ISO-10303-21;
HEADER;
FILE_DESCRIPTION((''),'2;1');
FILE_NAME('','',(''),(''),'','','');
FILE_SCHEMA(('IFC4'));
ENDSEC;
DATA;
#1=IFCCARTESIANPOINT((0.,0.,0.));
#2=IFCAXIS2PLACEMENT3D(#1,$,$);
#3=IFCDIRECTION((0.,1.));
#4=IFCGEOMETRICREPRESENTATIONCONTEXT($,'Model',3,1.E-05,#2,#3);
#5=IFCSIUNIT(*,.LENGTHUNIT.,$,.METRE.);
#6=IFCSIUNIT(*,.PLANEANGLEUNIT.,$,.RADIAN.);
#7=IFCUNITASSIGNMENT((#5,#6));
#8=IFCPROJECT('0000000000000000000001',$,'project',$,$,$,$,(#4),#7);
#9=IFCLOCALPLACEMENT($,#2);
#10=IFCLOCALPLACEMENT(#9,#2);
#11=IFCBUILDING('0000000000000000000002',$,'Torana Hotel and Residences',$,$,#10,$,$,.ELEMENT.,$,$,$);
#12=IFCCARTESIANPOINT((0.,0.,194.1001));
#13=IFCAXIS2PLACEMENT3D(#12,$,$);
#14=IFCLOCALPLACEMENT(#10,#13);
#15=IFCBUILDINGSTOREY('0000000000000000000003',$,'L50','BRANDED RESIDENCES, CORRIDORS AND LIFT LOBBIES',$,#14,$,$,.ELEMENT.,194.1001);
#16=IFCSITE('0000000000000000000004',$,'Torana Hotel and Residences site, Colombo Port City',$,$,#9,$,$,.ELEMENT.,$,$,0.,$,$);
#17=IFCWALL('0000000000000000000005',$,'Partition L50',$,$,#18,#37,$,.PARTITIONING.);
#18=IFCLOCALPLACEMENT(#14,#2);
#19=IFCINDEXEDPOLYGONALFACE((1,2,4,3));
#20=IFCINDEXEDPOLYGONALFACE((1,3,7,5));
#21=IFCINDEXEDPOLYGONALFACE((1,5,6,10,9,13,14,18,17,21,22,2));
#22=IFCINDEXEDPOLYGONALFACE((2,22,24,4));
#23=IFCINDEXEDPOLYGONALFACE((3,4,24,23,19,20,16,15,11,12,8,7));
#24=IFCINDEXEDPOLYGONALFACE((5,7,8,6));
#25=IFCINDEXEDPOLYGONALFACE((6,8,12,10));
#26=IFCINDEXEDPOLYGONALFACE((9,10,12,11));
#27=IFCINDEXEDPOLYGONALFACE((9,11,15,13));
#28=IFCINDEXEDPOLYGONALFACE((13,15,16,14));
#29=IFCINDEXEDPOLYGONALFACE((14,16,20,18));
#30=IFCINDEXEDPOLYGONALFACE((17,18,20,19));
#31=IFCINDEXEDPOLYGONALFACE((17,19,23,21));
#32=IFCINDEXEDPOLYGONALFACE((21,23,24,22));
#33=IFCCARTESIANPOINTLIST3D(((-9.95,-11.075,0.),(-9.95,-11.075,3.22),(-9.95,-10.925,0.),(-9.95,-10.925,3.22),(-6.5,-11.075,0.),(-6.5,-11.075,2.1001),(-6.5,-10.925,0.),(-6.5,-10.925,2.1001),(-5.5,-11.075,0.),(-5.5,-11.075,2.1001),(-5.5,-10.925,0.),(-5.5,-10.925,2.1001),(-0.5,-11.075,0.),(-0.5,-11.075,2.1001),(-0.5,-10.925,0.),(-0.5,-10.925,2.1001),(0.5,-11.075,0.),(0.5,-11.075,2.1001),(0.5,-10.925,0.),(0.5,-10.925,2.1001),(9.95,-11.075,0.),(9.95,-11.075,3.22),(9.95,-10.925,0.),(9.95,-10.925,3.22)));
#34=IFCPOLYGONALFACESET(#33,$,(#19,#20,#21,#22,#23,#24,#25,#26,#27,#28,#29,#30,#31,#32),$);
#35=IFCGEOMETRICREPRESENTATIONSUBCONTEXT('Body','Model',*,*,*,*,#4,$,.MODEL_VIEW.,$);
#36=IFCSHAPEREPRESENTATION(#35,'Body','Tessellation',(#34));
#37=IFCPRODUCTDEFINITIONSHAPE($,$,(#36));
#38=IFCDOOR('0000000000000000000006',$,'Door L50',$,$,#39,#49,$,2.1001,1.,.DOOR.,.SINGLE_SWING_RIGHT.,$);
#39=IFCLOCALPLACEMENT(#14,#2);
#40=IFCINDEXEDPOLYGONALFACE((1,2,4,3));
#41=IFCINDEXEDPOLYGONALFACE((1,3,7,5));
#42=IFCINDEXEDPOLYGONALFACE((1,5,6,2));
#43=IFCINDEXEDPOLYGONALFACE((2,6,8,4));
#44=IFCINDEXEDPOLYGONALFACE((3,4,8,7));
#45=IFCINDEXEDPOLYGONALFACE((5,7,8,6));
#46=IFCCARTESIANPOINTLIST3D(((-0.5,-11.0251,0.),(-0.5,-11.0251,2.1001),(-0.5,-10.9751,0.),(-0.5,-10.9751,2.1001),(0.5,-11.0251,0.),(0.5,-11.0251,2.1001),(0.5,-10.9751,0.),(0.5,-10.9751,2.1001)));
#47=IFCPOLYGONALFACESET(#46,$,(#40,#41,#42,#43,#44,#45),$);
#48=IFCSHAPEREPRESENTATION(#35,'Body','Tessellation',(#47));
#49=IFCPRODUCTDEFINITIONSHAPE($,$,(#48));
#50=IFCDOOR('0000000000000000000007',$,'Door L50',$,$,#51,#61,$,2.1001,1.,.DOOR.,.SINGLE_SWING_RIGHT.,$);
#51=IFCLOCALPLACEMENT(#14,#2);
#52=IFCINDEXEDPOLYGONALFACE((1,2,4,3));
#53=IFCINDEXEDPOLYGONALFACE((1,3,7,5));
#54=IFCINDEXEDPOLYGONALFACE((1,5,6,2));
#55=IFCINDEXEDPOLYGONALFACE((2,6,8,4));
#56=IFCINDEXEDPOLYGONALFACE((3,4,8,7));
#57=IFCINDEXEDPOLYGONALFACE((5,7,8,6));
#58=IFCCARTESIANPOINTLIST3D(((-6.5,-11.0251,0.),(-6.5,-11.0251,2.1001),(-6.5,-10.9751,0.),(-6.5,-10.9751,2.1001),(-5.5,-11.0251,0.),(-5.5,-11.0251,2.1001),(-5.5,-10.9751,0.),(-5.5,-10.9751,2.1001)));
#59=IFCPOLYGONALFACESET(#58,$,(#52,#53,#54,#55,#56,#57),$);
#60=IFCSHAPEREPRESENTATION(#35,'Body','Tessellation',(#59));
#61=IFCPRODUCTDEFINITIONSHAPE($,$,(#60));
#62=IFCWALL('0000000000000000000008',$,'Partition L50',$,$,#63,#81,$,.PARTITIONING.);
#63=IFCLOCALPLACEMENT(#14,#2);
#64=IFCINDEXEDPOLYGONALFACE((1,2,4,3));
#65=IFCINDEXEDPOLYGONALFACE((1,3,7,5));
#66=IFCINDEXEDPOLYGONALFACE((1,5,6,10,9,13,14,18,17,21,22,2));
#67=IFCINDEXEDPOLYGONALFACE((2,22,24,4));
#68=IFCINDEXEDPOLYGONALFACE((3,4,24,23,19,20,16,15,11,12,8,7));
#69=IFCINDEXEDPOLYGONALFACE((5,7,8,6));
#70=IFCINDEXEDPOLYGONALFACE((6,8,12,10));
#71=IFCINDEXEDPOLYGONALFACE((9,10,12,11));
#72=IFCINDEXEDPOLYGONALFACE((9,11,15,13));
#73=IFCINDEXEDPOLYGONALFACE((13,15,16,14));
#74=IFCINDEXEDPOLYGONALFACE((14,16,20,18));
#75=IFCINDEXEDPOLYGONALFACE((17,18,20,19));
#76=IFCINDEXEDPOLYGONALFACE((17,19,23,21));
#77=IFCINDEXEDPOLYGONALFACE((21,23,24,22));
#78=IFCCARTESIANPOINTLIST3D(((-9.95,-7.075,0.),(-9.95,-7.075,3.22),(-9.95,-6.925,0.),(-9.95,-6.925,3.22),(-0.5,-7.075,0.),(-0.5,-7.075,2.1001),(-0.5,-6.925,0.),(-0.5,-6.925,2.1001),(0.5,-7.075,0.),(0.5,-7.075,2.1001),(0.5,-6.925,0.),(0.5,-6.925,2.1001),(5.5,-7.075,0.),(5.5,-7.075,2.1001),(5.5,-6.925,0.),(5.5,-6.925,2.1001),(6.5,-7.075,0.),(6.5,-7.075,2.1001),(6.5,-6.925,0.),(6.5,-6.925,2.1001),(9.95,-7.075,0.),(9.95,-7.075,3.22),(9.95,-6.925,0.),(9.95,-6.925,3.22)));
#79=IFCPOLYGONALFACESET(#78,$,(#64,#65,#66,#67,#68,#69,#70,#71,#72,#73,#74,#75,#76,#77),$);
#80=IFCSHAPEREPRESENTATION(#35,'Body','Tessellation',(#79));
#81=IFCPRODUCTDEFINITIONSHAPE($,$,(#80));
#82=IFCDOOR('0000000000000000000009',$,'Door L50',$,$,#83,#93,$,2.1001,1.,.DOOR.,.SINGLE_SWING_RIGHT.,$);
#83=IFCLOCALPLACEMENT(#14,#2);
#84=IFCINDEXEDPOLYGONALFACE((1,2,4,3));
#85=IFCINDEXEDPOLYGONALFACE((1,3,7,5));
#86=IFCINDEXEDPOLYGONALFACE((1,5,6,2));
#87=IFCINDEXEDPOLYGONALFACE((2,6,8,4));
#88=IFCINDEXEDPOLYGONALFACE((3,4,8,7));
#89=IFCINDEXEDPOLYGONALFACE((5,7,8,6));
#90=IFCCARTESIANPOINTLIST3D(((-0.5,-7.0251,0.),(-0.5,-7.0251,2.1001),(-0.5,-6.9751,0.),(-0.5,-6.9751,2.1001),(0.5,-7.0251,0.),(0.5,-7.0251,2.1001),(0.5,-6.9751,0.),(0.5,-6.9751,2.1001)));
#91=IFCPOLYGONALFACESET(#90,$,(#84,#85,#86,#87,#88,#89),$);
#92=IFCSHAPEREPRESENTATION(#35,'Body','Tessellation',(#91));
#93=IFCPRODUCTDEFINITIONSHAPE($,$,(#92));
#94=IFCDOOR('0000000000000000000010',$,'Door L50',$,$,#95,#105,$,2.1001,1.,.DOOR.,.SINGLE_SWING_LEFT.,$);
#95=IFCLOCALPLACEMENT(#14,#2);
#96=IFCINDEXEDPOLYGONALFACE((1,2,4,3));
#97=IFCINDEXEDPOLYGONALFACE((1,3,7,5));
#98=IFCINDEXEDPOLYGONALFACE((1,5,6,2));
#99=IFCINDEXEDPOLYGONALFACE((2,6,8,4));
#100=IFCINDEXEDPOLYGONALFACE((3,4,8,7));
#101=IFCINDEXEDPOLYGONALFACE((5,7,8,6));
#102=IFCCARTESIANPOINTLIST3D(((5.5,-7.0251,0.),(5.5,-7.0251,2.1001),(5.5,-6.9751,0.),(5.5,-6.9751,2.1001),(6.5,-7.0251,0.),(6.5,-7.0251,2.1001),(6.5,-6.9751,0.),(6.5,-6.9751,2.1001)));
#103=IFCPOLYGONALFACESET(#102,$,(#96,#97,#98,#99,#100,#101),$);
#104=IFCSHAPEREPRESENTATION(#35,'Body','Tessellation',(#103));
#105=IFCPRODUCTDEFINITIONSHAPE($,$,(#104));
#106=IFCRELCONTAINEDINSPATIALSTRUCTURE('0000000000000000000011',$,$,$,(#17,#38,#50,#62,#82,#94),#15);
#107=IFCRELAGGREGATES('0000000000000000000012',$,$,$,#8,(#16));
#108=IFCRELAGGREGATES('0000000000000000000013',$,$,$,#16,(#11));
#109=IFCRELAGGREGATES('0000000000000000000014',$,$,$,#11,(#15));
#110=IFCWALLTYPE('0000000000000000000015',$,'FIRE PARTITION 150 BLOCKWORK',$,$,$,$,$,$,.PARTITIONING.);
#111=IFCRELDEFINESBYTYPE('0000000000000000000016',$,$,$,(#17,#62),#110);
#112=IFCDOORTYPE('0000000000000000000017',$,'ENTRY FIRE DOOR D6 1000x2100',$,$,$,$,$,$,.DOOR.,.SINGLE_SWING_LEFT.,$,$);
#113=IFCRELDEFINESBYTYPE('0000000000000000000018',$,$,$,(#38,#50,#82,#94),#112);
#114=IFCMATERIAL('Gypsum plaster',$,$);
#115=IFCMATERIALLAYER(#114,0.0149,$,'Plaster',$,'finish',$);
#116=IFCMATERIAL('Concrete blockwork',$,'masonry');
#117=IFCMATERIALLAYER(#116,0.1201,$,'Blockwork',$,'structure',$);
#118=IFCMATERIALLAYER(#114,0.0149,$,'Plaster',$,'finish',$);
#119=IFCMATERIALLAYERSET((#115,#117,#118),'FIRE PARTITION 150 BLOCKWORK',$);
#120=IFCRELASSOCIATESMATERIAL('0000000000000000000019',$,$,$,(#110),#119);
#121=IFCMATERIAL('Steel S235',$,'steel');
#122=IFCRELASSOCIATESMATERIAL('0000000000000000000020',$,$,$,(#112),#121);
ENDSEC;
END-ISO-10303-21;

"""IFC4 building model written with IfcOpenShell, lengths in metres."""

from ifc_helpers import new_model, si_unit, direction, frame, frame_2d, origin, place, context, subcontext, project, spatial, rectangle, extrude, material, layer, layer_set, type_object, element, fill, save


model = new_model("IFC4")

# Units and contexts
model_context = context("Model", 3, precision=1e-05, world=origin(), true_north=direction((0.0, 1.0)))
body_context = subcontext(model_context, "Body", "Model", "MODEL_VIEW")
ifc_project = project(units=[si_unit("LENGTHUNIT", "METRE"), si_unit("PLANEANGLEUNIT", "RADIAN")], contexts=[model_context])

# Site, building, storey
site_placement = place(None, origin())
site = spatial("IfcSite", under=ifc_project, at=site_placement, Name="Torana Hotel and Residences site, Colombo Port City", CompositionType="ELEMENT", RefElevation=0.0)
building_placement = place(site_placement, origin())
building = spatial("IfcBuilding", under=site, at=building_placement, Name="Torana Hotel and Residences", CompositionType="ELEMENT")
storey_placement = place(building_placement, frame((0.0, 0.0, 194.1001)))
storey = spatial("IfcBuildingStorey", under=building, at=storey_placement, Name="L50", Description="BRANDED RESIDENCES, CORRIDORS AND LIFT LOBBIES", CompositionType="ELEMENT", Elevation=194.1001)

# Shared definitions
ifc_material_1 = material(Name="Gypsum plaster")
ifc_layer_1 = layer(ifc_material_1, 0.0149, Name="Plaster", Category="finish")
ifc_material_2 = material(Name="Concrete blockwork", Category="masonry")
ifc_layer_2 = layer(ifc_material_2, 0.1201, Name="Blockwork", Category="structure")
ifc_layer_3 = layer(ifc_material_1, 0.0149, Name="Plaster", Category="finish")
ifc_layer_set_1 = layer_set([ifc_layer_1, ifc_layer_2, ifc_layer_3], Name="FIRE PARTITION 150 BLOCKWORK")
wall_type_1 = type_object("IfcWallType", Name="FIRE PARTITION 150 BLOCKWORK", PredefinedType="PARTITIONING", material=ifc_layer_set_1)

# Walls, openings, doors
wall_1_placement = place(storey_placement, frame((-9.95, -11.0, 0.0), z_axis=(0.0, 0.0, 1.0), x_axis=(1.0, 0.0, 0.0)))
wall_1 = element("IfcWall", 1, at=wall_1_placement, inside=storey, type_object=wall_type_1, Name="Partition L50", PredefinedType="PARTITIONING", context=body_context, shape_type="SweptSolid", body=[
    extrude(rectangle(XDim=19.8999, YDim=0.1499, at=frame_2d((9.95, 0.0))), origin(), (0.0, 0.0, 1.0), 3.22),
])
opening_1_placement = place(wall_1_placement, frame((9.45, 0.0, 0.0)))
opening_1 = element("IfcOpeningElement", 2, at=opening_1_placement, cuts=wall_1, PredefinedType="OPENING", context=body_context, shape_type="SweptSolid", body=[
    extrude(rectangle(XDim=1.0, YDim=2.1001, at=frame_2d((0.5, 1.05))), frame((0.0, 0.085, 0.0), z_axis=(0.0, -1.0, 0.0), x_axis=(1.0, 0.0, 0.0)), (0.0, 0.0, 1.0), 0.1699),
])
opening_2_placement = place(wall_1_placement, frame((3.45, 0.0, 0.0)))
opening_2 = element("IfcOpeningElement", 3, at=opening_2_placement, cuts=wall_1, PredefinedType="OPENING", context=body_context, shape_type="SweptSolid", body=[
    extrude(rectangle(XDim=1.0, YDim=2.1001, at=frame_2d((0.5, 1.05))), frame((0.0, 0.085, 0.0), z_axis=(0.0, -1.0, 0.0), x_axis=(1.0, 0.0, 0.0)), (0.0, 0.0, 1.0), 0.1699),
])
ifc_material_3 = material(Name="Steel S235", Category="steel")
door_type_1 = type_object("IfcDoorType", Name="ENTRY FIRE DOOR D6 1000x2100", OperationType="SINGLE_SWING_LEFT", PredefinedType="DOOR", material=ifc_material_3)
door_1_placement = place(opening_1_placement, origin())
door_1 = element("IfcDoor", 4, at=door_1_placement, inside=storey, type_object=door_type_1, Name="Door L50", OperationType="SINGLE_SWING_RIGHT", OverallHeight=2.1001, OverallWidth=1.0, PredefinedType="DOOR", context=body_context, shape_type="SweptSolid", body=[
    extrude(rectangle(XDim=1.0, YDim=2.1001, at=frame_2d((0.5, 1.05))), frame((0.0, 0.0249, 0.0), z_axis=(0.0, -1.0, 0.0), x_axis=(1.0, 0.0, 0.0)), (0.0, 0.0, 1.0), 0.05),
])
fill(opening_1, door_1)
door_2_placement = place(opening_2_placement, origin())
door_2 = element("IfcDoor", 5, at=door_2_placement, inside=storey, type_object=door_type_1, Name="Door L50", OperationType="SINGLE_SWING_RIGHT", OverallHeight=2.1001, OverallWidth=1.0, PredefinedType="DOOR", context=body_context, shape_type="SweptSolid", body=[
    extrude(rectangle(XDim=1.0, YDim=2.1001, at=frame_2d((0.5, 1.05))), frame((0.0, 0.0249, 0.0), z_axis=(0.0, -1.0, 0.0), x_axis=(1.0, 0.0, 0.0)), (0.0, 0.0, 1.0), 0.05),
])
fill(opening_2, door_2)
wall_2_placement = place(storey_placement, frame((-9.95, -7.0, 0.0), z_axis=(0.0, 0.0, 1.0), x_axis=(1.0, 0.0, 0.0)))
wall_2 = element("IfcWall", 6, at=wall_2_placement, inside=storey, type_object=wall_type_1, Name="Partition L50", PredefinedType="PARTITIONING", context=body_context, shape_type="SweptSolid", body=[
    extrude(rectangle(XDim=19.8999, YDim=0.1499, at=frame_2d((9.95, 0.0))), origin(), (0.0, 0.0, 1.0), 3.22),
])
opening_3_placement = place(wall_2_placement, frame((9.45, 0.0, 0.0)))
opening_3 = element("IfcOpeningElement", 7, at=opening_3_placement, cuts=wall_2, PredefinedType="OPENING", context=body_context, shape_type="SweptSolid", body=[
    extrude(rectangle(XDim=1.0, YDim=2.1001, at=frame_2d((0.5, 1.05))), frame((0.0, 0.085, 0.0), z_axis=(0.0, -1.0, 0.0), x_axis=(1.0, 0.0, 0.0)), (0.0, 0.0, 1.0), 0.1699),
])
opening_4_placement = place(wall_2_placement, frame((15.45, 0.0, 0.0)))
opening_4 = element("IfcOpeningElement", 8, at=opening_4_placement, cuts=wall_2, PredefinedType="OPENING", context=body_context, shape_type="SweptSolid", body=[
    extrude(rectangle(XDim=1.0, YDim=2.1001, at=frame_2d((0.5, 1.05))), frame((0.0, 0.085, 0.0), z_axis=(0.0, -1.0, 0.0), x_axis=(1.0, 0.0, 0.0)), (0.0, 0.0, 1.0), 0.1699),
])
door_3_placement = place(opening_3_placement, origin())
door_3 = element("IfcDoor", 9, at=door_3_placement, inside=storey, type_object=door_type_1, Name="Door L50", OperationType="SINGLE_SWING_RIGHT", OverallHeight=2.1001, OverallWidth=1.0, PredefinedType="DOOR", context=body_context, shape_type="SweptSolid", body=[
    extrude(rectangle(XDim=1.0, YDim=2.1001, at=frame_2d((0.5, 1.05))), frame((0.0, 0.0249, 0.0), z_axis=(0.0, -1.0, 0.0), x_axis=(1.0, 0.0, 0.0)), (0.0, 0.0, 1.0), 0.05),
])
fill(opening_3, door_3)
door_4_placement = place(opening_4_placement, frame((0.5, 0.0, 0.0), z_axis=(0.0, 0.0, 1.0), x_axis=(-1.0, 0.0, 0.0)))
door_4 = element("IfcDoor", 10, at=door_4_placement, inside=storey, type_object=door_type_1, Name="Door L50", OperationType="SINGLE_SWING_LEFT", OverallHeight=2.1001, OverallWidth=1.0, PredefinedType="DOOR", context=body_context, shape_type="SweptSolid", body=[
    extrude(rectangle(XDim=1.0, YDim=2.1001, at=frame_2d((0.0, 1.05))), frame((0.0, -0.0249, 0.0), z_axis=(0.0, 1.0, 0.0), x_axis=(-1.0, 0.0, 0.0)), (0.0, 0.0, 1.0), 0.05),
])
fill(opening_4, door_4)

save(model, "model.ifc")
